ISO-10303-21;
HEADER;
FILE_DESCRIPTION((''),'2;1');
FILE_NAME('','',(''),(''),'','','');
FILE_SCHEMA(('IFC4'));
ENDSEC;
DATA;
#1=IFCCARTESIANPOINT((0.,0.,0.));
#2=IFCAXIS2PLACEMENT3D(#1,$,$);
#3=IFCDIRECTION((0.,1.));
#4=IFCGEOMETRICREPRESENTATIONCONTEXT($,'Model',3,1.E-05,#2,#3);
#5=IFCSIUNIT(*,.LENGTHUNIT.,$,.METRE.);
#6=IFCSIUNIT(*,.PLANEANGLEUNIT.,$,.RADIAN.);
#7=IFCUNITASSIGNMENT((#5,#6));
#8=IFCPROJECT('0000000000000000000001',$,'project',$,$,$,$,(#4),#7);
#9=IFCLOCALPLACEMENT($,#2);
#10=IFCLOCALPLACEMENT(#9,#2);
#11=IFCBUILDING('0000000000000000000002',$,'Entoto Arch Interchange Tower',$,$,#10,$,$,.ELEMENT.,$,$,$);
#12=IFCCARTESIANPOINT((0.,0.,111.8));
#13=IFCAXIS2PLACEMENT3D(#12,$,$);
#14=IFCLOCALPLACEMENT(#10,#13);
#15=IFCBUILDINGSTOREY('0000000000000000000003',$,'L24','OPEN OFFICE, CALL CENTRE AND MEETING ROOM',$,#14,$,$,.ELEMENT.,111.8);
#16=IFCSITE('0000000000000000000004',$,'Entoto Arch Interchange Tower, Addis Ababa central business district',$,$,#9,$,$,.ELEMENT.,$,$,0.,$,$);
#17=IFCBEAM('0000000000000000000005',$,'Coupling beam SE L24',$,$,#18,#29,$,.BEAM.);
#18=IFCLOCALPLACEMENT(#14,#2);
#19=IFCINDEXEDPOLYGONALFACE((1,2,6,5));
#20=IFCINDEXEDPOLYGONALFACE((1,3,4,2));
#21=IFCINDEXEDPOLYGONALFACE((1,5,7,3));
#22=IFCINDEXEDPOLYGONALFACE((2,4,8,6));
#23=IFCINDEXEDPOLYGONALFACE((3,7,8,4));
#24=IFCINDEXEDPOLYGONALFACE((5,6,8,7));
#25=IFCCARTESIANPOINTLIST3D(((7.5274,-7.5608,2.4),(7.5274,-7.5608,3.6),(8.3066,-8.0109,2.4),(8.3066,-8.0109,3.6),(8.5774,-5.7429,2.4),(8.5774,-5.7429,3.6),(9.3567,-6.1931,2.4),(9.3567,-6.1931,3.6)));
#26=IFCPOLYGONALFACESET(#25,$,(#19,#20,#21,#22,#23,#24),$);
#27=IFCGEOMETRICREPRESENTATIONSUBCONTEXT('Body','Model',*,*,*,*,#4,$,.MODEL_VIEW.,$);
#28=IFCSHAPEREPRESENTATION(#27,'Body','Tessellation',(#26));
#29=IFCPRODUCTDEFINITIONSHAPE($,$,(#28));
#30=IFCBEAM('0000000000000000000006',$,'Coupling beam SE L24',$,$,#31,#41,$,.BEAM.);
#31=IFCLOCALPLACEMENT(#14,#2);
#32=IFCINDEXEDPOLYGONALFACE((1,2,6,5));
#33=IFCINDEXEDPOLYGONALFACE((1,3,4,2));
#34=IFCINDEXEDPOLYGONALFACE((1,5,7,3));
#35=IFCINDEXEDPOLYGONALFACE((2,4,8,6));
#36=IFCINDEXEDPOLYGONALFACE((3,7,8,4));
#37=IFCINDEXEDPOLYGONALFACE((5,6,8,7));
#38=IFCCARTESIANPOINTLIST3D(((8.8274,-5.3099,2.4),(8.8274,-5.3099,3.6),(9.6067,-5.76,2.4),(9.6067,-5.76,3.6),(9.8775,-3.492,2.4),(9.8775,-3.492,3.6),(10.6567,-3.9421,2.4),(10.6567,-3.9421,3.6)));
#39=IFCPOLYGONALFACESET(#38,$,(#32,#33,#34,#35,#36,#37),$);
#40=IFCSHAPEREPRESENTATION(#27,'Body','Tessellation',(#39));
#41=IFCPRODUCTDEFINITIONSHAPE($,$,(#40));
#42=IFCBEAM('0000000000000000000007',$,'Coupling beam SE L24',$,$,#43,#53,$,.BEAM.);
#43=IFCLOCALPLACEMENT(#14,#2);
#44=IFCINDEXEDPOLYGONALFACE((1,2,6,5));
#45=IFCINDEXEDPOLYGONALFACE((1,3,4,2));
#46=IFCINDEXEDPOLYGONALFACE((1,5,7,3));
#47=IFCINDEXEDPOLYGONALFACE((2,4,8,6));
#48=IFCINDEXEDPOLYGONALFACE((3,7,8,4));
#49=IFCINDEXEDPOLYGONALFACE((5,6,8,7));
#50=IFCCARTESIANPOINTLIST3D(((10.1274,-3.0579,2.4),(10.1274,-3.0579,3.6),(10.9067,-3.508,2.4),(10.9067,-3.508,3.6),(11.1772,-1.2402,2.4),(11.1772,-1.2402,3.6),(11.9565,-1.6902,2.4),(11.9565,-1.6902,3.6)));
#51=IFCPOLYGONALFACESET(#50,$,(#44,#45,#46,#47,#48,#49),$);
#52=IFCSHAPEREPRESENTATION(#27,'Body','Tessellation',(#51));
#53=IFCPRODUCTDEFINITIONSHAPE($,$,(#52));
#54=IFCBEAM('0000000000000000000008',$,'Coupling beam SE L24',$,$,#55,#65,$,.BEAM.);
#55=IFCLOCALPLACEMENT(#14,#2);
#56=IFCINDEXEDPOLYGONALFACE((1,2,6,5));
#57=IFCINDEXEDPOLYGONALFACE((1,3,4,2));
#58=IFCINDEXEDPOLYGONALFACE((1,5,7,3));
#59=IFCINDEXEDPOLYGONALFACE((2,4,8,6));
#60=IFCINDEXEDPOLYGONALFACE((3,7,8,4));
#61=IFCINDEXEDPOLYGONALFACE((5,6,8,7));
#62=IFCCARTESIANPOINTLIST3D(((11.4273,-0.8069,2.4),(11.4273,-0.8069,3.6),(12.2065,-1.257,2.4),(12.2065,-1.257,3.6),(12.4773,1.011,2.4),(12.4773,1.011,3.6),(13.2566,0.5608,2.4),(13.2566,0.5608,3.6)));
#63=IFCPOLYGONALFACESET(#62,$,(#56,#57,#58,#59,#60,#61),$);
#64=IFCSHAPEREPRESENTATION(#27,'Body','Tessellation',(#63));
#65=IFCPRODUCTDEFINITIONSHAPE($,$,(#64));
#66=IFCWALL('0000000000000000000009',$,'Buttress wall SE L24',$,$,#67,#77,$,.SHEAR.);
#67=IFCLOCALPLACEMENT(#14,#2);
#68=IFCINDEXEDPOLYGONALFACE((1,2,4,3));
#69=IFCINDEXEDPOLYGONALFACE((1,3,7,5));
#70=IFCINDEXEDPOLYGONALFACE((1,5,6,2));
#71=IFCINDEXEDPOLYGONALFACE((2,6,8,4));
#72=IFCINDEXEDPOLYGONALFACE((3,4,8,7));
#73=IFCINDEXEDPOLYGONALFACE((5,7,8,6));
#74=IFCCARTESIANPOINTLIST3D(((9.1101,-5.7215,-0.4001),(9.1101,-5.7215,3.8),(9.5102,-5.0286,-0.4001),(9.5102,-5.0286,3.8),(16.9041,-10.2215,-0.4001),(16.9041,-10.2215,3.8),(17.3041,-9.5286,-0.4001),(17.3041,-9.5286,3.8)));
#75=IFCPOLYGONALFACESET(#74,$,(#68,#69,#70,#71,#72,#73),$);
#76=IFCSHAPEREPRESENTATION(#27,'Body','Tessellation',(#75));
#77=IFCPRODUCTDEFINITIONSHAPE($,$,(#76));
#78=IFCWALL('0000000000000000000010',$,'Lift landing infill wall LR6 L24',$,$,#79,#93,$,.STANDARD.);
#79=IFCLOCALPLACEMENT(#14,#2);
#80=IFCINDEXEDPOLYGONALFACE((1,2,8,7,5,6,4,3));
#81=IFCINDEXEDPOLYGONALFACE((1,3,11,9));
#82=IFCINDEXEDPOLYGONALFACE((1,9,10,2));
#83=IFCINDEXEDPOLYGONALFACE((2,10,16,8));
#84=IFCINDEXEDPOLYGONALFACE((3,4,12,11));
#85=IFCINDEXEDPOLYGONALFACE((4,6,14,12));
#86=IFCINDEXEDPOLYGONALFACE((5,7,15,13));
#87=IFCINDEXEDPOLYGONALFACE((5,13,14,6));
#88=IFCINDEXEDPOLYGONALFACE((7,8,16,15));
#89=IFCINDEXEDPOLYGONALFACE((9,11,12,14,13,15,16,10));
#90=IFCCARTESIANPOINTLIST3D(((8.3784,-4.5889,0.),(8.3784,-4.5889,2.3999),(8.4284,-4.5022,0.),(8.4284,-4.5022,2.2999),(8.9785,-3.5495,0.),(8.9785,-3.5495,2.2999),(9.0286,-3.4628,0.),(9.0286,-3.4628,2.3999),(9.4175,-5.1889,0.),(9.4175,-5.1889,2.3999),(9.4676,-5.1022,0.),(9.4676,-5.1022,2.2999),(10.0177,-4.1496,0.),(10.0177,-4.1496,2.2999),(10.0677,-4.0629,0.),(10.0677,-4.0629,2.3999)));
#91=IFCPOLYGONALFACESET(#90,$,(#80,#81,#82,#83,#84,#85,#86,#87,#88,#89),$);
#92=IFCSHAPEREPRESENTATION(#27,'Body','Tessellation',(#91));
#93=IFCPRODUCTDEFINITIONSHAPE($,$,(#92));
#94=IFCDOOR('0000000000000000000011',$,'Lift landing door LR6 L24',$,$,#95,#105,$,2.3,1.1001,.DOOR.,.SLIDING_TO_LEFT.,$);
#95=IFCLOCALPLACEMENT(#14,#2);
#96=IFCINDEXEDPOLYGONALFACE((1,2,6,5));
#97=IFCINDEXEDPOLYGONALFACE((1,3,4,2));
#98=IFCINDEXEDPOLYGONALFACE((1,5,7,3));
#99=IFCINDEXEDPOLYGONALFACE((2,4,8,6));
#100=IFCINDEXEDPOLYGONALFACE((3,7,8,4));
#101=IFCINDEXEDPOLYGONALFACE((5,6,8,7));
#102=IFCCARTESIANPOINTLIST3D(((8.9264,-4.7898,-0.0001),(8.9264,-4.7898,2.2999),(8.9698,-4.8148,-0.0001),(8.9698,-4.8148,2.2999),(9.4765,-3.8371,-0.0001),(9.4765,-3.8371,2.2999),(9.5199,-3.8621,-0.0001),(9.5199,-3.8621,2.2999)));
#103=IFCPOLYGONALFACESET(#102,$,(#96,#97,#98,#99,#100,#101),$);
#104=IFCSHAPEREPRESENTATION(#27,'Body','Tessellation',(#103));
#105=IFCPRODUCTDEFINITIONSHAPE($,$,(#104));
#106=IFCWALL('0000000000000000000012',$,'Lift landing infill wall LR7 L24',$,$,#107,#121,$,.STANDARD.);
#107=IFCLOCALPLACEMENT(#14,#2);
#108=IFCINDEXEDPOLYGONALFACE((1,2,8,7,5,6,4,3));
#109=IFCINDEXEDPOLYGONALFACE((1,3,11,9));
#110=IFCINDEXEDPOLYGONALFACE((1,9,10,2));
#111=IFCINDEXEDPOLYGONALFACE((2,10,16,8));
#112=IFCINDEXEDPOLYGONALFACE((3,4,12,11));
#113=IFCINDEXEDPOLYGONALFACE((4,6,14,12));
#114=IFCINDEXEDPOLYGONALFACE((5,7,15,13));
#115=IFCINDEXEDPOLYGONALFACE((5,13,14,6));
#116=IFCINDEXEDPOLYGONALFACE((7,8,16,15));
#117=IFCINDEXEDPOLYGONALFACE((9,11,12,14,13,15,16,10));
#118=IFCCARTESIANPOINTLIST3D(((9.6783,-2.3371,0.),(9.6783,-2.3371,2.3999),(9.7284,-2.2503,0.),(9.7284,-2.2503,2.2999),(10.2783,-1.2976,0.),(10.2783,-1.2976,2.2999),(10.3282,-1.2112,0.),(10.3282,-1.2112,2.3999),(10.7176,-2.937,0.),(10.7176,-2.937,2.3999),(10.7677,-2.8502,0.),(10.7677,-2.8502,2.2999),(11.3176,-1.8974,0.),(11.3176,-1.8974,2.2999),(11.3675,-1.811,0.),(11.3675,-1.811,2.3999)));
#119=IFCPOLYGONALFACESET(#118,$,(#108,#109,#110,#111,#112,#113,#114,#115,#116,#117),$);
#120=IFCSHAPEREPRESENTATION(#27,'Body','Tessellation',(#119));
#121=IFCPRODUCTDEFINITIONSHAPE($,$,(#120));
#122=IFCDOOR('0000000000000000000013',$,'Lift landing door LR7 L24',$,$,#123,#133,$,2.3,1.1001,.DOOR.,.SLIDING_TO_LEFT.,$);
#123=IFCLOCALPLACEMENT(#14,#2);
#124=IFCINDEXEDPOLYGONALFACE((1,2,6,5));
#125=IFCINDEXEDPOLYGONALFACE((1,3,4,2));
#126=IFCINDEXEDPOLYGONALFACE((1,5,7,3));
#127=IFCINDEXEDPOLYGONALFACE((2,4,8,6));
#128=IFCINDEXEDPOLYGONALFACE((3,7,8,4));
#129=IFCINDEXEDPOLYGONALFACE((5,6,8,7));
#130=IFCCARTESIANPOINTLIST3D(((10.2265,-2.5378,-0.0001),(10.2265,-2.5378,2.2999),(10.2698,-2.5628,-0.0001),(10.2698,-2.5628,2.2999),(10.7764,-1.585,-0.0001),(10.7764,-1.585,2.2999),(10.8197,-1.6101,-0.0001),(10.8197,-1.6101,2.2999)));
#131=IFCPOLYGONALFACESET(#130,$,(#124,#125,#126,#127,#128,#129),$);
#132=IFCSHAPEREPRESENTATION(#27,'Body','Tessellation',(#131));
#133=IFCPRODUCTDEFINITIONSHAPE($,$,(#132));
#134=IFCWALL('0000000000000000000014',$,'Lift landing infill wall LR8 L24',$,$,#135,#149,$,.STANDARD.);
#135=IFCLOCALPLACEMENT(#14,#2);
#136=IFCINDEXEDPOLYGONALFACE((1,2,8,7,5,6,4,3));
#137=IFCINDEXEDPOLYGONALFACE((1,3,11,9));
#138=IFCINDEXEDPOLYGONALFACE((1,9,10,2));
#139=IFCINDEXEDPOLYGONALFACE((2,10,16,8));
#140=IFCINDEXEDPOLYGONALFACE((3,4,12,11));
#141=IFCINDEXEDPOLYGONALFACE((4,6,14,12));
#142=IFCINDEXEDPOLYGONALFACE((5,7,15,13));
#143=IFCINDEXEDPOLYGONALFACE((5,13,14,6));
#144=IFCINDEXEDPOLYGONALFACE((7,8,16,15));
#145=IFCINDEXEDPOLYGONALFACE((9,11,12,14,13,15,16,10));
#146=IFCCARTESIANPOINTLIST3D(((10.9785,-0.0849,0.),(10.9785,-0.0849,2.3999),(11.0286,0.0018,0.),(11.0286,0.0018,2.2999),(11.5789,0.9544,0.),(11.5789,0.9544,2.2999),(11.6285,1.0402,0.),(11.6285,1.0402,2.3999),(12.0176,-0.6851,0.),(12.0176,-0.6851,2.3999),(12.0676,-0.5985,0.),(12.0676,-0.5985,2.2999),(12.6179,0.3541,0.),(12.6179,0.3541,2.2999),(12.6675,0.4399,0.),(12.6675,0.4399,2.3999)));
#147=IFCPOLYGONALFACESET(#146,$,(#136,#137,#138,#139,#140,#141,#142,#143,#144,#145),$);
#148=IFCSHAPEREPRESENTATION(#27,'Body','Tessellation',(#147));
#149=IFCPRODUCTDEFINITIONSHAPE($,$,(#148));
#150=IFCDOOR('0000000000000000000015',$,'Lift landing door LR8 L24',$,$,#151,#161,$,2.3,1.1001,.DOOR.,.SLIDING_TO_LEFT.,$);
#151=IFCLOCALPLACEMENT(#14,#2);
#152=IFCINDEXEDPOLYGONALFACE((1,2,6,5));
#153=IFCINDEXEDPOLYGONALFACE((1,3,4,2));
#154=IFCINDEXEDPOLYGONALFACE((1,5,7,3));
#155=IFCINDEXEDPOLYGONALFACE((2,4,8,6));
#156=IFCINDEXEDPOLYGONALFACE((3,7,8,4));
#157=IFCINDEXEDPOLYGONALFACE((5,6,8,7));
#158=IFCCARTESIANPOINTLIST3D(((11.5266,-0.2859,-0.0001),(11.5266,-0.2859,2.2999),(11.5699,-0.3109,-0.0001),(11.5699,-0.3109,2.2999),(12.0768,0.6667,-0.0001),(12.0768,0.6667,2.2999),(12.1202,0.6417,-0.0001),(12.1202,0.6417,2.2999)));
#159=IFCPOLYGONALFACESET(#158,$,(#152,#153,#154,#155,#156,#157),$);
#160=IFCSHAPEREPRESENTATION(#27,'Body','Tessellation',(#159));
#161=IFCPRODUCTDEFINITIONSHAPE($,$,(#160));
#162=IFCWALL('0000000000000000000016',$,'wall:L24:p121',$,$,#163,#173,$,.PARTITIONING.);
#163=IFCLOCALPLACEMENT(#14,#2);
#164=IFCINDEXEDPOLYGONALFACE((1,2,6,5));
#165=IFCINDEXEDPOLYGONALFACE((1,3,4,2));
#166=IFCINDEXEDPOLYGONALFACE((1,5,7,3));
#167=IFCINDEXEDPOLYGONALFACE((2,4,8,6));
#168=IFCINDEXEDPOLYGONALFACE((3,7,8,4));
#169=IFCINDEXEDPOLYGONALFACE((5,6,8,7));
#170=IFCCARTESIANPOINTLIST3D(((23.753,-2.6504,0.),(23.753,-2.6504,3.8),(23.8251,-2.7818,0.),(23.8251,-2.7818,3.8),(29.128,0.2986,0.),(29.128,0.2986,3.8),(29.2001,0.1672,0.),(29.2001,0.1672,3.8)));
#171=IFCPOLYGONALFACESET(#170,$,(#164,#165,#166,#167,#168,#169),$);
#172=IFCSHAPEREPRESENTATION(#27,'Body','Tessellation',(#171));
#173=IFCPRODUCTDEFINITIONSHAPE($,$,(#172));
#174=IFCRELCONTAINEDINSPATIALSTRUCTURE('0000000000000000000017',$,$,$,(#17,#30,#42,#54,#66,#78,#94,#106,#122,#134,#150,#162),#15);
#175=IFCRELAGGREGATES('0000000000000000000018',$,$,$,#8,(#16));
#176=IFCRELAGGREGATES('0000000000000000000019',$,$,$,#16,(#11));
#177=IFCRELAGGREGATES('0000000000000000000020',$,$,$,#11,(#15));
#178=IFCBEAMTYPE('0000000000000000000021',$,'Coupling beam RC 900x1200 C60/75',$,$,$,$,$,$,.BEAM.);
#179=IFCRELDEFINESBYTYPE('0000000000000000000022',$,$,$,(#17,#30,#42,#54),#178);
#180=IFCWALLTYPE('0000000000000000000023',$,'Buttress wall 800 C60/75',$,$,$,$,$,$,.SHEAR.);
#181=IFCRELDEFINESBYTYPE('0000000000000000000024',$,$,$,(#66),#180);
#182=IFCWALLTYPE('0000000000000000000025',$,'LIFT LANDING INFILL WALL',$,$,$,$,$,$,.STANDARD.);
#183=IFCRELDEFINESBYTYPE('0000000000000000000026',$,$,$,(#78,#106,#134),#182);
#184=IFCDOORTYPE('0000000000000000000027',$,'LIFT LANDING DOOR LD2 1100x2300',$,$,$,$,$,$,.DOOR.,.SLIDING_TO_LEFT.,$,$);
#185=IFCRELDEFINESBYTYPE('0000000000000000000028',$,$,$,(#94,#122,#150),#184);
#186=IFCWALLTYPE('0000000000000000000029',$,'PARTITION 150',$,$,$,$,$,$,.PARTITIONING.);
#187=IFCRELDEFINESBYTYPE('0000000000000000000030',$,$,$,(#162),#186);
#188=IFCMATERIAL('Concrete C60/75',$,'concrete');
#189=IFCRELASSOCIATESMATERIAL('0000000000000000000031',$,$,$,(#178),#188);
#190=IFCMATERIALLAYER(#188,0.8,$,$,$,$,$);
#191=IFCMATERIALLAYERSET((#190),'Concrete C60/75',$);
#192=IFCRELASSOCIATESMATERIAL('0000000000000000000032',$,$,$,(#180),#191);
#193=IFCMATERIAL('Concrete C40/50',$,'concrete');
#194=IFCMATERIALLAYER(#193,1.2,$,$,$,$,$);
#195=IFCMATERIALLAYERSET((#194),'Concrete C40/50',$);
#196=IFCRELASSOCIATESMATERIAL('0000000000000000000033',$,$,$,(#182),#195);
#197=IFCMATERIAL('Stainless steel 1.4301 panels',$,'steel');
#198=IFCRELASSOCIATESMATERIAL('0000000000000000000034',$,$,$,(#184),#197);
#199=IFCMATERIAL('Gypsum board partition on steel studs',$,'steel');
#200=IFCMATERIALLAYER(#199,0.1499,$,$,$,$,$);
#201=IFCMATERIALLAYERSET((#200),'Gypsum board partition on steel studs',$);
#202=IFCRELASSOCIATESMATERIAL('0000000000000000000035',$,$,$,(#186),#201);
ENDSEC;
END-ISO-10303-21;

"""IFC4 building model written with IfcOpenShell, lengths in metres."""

from ifc_helpers import new_model, si_unit, direction, frame, frame_2d, origin, origin_2d, place, context, subcontext, project, spatial, rectangle, extrude, material, layer, layer_set, material_profile, profile_set, type_object, element, fill, save


model = new_model("IFC4")

# Units and contexts
model_context = context("Model", 3, precision=1e-05, world=origin(), true_north=direction((0.0, 1.0)))
body_context = subcontext(model_context, "Body", "Model", "MODEL_VIEW")
ifc_project = project(units=[si_unit("LENGTHUNIT", "METRE"), si_unit("PLANEANGLEUNIT", "RADIAN")], contexts=[model_context])

# Site, building, storey
site_placement = place(None, origin())
site = spatial("IfcSite", under=ifc_project, at=site_placement, Name="Entoto Arch Interchange Tower, Addis Ababa central business district", CompositionType="ELEMENT", RefElevation=0.0)
building_placement = place(site_placement, origin())
building = spatial("IfcBuilding", under=site, at=building_placement, Name="Entoto Arch Interchange Tower", CompositionType="ELEMENT")
storey_placement = place(building_placement, frame((0.0, 0.0, 111.8)))
storey = spatial("IfcBuildingStorey", under=building, at=storey_placement, Name="L24", Description="OPEN OFFICE, CALL CENTRE AND MEETING ROOM", CompositionType="ELEMENT", Elevation=111.8)

# Beams
ifc_material_1 = material(Name="Concrete C60/75", Category="concrete")
ifc_material_profile = material_profile(ifc_material_1, rectangle(XDim=0.8999, YDim=1.2, at=origin_2d()))
ifc_profile_set = profile_set([ifc_material_profile], Name="Concrete C60/75")
beam_type = type_object("IfcBeamType", Name="Coupling beam RC 900x1200 C60/75", PredefinedType="BEAM", material=ifc_profile_set)
for number, where, z_axis, x_axis, name in (
    (1, (7.917, -7.7859, 3.0), (0.500179, 0.865922, 0.0), (-0.865922, 0.500179, 0.0), "Coupling beam SE L24"),
    (2, (9.217, -5.5349, 3.0), (0.500179, 0.865922, 0.0), (-0.865922, 0.500179, 0.0), "Coupling beam SE L24"),
):
    element("IfcBeam", number, at=place(storey_placement, frame(where, z_axis=z_axis, x_axis=x_axis)), inside=storey, type_object=beam_type, Name=name, PredefinedType="BEAM", context=body_context, shape_type="SweptSolid", body=[
        extrude(rectangle(XDim=0.8999, YDim=1.2, at=origin_2d()), origin(), (0.0, 0.0, 1.0), 2.0994),
    ])
beam_1_placement = place(storey_placement, frame((10.5171, -3.283, 3.0), z_axis=(0.500092, 0.865973, 0.0), x_axis=(-0.865973, 0.500092, 0.0)))
element("IfcBeam", 3, at=beam_1_placement, inside=storey, type_object=beam_type, Name="Coupling beam SE L24", PredefinedType="BEAM", context=body_context, shape_type="SweptSolid", body=[
    extrude(rectangle(XDim=0.8999, YDim=1.2, at=origin_2d()), origin(), (0.0, 0.0, 1.0), 2.0991),
])
beam_2_placement = place(storey_placement, frame((11.8169, -1.032, 3.0), z_axis=(0.500179, 0.865922, 0.0), x_axis=(-0.865922, 0.500179, 0.0)))
element("IfcBeam", 4, at=beam_2_placement, inside=storey, type_object=beam_type, Name="Coupling beam SE L24", PredefinedType="BEAM", context=body_context, shape_type="SweptSolid", body=[
    extrude(rectangle(XDim=0.8999, YDim=1.2, at=origin_2d()), origin(), (0.0, 0.0, 1.0), 2.0994),
])

# Wall
ifc_layer_1 = layer(ifc_material_1, 0.8)
ifc_layer_set_1 = layer_set([ifc_layer_1], Name="Concrete C60/75")
wall_type_1 = type_object("IfcWallType", Name="Buttress wall 800 C60/75", PredefinedType="SHEAR", material=ifc_layer_set_1)
wall_1_placement = place(storey_placement, frame((9.3101, -5.375, -0.4001), z_axis=(0.0, 0.0, 1.0), x_axis=(0.866018, -0.500014, 0.0)))
element("IfcWall", 5, at=wall_1_placement, inside=storey, type_object=wall_type_1, Name="Buttress wall SE L24", PredefinedType="SHEAR", context=body_context, shape_type="SweptSolid", body=[
    extrude(rectangle(XDim=8.9998, YDim=0.8, at=frame_2d((4.5, 0.0))), origin(), (0.0, 0.0, 1.0), 4.2002),
])

# Walls, openings, doors
ifc_material_2 = material(Name="Concrete C40/50", Category="concrete")
ifc_layer_2 = layer(ifc_material_2, 1.2)
ifc_layer_set_2 = layer_set([ifc_layer_2], Name="Concrete C40/50")
wall_type_2 = type_object("IfcWallType", Name="LIFT LANDING INFILL WALL", PredefinedType="STANDARD", material=ifc_layer_set_2)
wall_2_placement = place(storey_placement, frame((8.8979, -4.8889, 0.0), z_axis=(0.0, 0.0, 1.0), x_axis=(0.500037, 0.866004, 0.0)))
wall_2 = element("IfcWall", 6, at=wall_2_placement, inside=storey, type_object=wall_type_2, Name="Lift landing infill wall LR6 L24", PredefinedType="STANDARD", context=body_context, shape_type="SweptSolid", body=[
    extrude(rectangle(XDim=1.3003, YDim=1.2, at=frame_2d((0.6501, 0.0))), origin(), (0.0, 0.0, 1.0), 2.3999),
])
opening_1_placement = place(wall_2_placement, frame((0.1001, 0.0, 0.0)))
opening_1 = element("IfcOpeningElement", 7, at=opening_1_placement, cuts=wall_2, PredefinedType="OPENING", context=body_context, shape_type="SweptSolid", body=[
    extrude(rectangle(XDim=1.1001, YDim=2.3, at=frame_2d((0.55, 1.1499))), frame((0.0, 0.6099, 0.0), z_axis=(0.0, -1.0, 0.0), x_axis=(1.0, 0.0, 0.0)), (0.0, 0.0, 1.0), 1.22),
])
ifc_material_3 = material(Name="Stainless steel 1.4301 panels", Category="steel")
door_type_1 = type_object("IfcDoorType", Name="LIFT LANDING DOOR LD2 1100x2300", OperationType="SLIDING_TO_LEFT", PredefinedType="DOOR", material=ifc_material_3)
door_1_placement = place(opening_1_placement, origin())
door_1 = element("IfcDoor", 8, at=door_1_placement, inside=storey, type_object=door_type_1, Name="Lift landing door LR6 L24", OperationType="SLIDING_TO_LEFT", OverallHeight=2.3, OverallWidth=1.1001, PredefinedType="DOOR", context=body_context, shape_type="SweptSolid", body=[
    extrude(rectangle(XDim=1.1001, YDim=2.3, at=frame_2d((0.55, 1.1499))), frame((0.0, 0.0249, 0.0), z_axis=(0.0, -1.0, 0.0), x_axis=(1.0, 0.0, 0.0)), (0.0, 0.0, 1.0), 0.05),
])
fill(opening_1, door_1)
wall_3_placement = place(storey_placement, frame((10.198, -2.637, 0.0), z_axis=(0.0, 0.0, 1.0), x_axis=(0.499896, 0.866086, 0.0)))
wall_3 = element("IfcWall", 9, at=wall_3_placement, inside=storey, type_object=wall_type_2, Name="Lift landing infill wall LR7 L24", PredefinedType="STANDARD", context=body_context, shape_type="SweptSolid", body=[
    extrude(rectangle(XDim=1.3, YDim=1.2, at=frame_2d((0.6499, 0.0))), origin(), (0.0, 0.0, 1.0), 2.3999),
])
opening_2_placement = place(wall_3_placement, frame((0.1001, 0.0, 0.0)))
opening_2 = element("IfcOpeningElement", 10, at=opening_2_placement, cuts=wall_3, PredefinedType="OPENING", context=body_context, shape_type="SweptSolid", body=[
    extrude(rectangle(XDim=1.1001, YDim=2.3, at=frame_2d((0.55, 1.1499))), frame((0.0, 0.6099, 0.0), z_axis=(0.0, -1.0, 0.0), x_axis=(1.0, 0.0, 0.0)), (0.0, 0.0, 1.0), 1.22),
])
door_2_placement = place(opening_2_placement, origin())
door_2 = element("IfcDoor", 11, at=door_2_placement, inside=storey, type_object=door_type_1, Name="Lift landing door LR7 L24", OperationType="SLIDING_TO_LEFT", OverallHeight=2.3, OverallWidth=1.1001, PredefinedType="DOOR", context=body_context, shape_type="SweptSolid", body=[
    extrude(rectangle(XDim=1.1001, YDim=2.3, at=frame_2d((0.55, 1.1499))), frame((0.0, 0.0249, 0.0), z_axis=(0.0, -1.0, 0.0), x_axis=(1.0, 0.0, 0.0)), (0.0, 0.0, 1.0), 0.05),
])
fill(opening_2, door_2)
wall_4_placement = place(storey_placement, frame((11.498, -0.385, 0.0), z_axis=(0.0, 0.0, 1.0), x_axis=(0.500221, 0.865898, 0.0)))
wall_4 = element("IfcWall", 12, at=wall_4_placement, inside=storey, type_object=wall_type_2, Name="Lift landing infill wall LR8 L24", PredefinedType="STANDARD", context=body_context, shape_type="SweptSolid", body=[
    extrude(rectangle(XDim=1.2993, YDim=1.2, at=frame_2d((0.6497, 0.0))), origin(), (0.0, 0.0, 1.0), 2.3999),
])
opening_3_placement = place(wall_4_placement, frame((0.1001, 0.0, 0.0)))
opening_3 = element("IfcOpeningElement", 13, at=opening_3_placement, cuts=wall_4, PredefinedType="OPENING", context=body_context, shape_type="SweptSolid", body=[
    extrude(rectangle(XDim=1.1001, YDim=2.3, at=frame_2d((0.55, 1.1499))), frame((0.0, 0.6099, 0.0), z_axis=(0.0, -1.0, 0.0), x_axis=(1.0, 0.0, 0.0)), (0.0, 0.0, 1.0), 1.22),
])
door_3_placement = place(opening_3_placement, origin())
door_3 = element("IfcDoor", 14, at=door_3_placement, inside=storey, type_object=door_type_1, Name="Lift landing door LR8 L24", OperationType="SLIDING_TO_LEFT", OverallHeight=2.3, OverallWidth=1.1001, PredefinedType="DOOR", context=body_context, shape_type="SweptSolid", body=[
    extrude(rectangle(XDim=1.1001, YDim=2.3, at=frame_2d((0.55, 1.1499))), frame((0.0, 0.0249, 0.0), z_axis=(0.0, -1.0, 0.0), x_axis=(1.0, 0.0, 0.0)), (0.0, 0.0, 1.0), 0.05),
])
fill(opening_3, door_3)

# Wall
ifc_material_4 = material(Name="Gypsum board partition on steel studs", Category="steel")
ifc_layer_3 = layer(ifc_material_4, 0.1499)
ifc_layer_set_3 = layer_set([ifc_layer_3], Name="Gypsum board partition on steel studs")
wall_type_3 = type_object("IfcWallType", Name="PARTITION 150", PredefinedType="PARTITIONING", material=ifc_layer_set_3)
wall_5_placement = place(storey_placement, frame((23.7891, -2.7161, 0.0), z_axis=(0.0, 0.0, 1.0), x_axis=(0.876717, 0.481007, 0.0)))
element("IfcWall", 15, at=wall_5_placement, inside=storey, type_object=wall_type_3, Name="wall:L24:p121", PredefinedType="PARTITIONING", context=body_context, shape_type="SweptSolid", body=[
    extrude(rectangle(XDim=6.1309, YDim=0.1499, at=frame_2d((3.0654, 0.0))), origin(), (0.0, 0.0, 1.0), 3.8),
])

save(model, "model.ifc")
